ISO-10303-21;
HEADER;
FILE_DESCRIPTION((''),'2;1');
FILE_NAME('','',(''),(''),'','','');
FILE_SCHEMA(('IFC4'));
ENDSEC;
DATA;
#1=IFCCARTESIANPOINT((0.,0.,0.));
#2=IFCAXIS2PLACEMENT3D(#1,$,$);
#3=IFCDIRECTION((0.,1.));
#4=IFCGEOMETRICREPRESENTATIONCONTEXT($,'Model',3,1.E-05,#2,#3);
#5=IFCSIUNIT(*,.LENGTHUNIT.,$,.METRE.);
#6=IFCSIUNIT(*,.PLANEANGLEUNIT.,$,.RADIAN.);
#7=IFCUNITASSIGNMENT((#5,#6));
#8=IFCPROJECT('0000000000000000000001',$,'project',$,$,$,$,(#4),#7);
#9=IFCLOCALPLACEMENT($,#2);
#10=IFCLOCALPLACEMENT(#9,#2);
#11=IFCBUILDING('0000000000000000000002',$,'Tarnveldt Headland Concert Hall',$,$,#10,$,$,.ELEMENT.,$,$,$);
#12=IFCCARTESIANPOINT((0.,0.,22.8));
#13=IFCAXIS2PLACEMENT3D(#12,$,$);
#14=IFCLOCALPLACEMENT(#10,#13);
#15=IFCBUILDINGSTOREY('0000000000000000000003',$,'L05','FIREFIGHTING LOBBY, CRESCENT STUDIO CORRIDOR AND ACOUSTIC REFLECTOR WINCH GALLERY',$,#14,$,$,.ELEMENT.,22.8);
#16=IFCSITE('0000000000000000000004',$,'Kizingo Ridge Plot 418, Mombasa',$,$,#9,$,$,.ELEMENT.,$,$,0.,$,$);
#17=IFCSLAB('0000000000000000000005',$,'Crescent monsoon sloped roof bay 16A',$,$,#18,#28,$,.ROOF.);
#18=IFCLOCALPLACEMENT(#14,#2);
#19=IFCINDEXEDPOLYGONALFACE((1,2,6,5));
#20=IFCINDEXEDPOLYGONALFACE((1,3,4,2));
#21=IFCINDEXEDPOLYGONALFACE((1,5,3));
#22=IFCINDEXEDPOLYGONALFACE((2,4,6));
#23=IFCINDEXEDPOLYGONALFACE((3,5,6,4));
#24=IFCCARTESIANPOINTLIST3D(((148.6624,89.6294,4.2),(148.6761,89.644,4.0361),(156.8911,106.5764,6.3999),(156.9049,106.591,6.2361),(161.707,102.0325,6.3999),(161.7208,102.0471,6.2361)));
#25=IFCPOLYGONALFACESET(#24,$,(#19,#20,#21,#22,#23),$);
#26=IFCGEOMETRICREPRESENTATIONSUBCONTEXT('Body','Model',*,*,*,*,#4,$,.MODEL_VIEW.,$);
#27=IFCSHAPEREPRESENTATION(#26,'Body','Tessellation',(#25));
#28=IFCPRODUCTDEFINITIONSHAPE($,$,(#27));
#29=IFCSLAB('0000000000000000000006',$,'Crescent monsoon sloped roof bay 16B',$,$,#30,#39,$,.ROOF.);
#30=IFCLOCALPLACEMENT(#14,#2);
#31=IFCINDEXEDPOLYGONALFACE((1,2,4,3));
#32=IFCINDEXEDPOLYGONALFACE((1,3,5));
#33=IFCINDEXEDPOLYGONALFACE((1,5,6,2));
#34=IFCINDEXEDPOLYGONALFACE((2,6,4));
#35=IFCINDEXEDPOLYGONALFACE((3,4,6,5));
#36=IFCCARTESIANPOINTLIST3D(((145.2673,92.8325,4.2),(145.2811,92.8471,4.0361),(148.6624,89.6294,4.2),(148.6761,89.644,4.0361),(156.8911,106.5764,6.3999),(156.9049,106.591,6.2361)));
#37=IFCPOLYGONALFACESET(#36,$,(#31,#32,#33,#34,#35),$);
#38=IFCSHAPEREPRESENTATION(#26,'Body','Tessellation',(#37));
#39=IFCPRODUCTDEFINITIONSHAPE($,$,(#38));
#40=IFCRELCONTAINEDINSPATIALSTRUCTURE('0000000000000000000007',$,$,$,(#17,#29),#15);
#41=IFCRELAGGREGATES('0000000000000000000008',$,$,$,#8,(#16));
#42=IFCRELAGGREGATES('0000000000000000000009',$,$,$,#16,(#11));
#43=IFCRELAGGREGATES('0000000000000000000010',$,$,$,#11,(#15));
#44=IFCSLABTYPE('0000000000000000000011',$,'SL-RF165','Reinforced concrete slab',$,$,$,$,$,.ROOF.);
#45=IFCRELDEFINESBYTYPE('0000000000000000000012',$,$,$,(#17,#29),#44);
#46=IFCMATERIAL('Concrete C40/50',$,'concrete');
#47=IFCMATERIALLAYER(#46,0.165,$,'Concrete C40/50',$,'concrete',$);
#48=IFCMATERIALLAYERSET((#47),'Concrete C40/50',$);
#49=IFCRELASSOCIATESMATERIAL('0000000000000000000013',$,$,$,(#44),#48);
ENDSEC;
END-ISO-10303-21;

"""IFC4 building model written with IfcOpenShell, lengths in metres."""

from ifc_helpers import new_model, si_unit, direction, frame, origin, place, context, subcontext, project, spatial, polyline, outline, extrude, material, layer, layer_set, type_object, element, save


model = new_model("IFC4")

# Units and contexts
model_context = context("Model", 3, precision=1e-05, world=origin(), true_north=direction((0.0, 1.0)))
body_context = subcontext(model_context, "Body", "Model", "MODEL_VIEW")
ifc_project = project(units=[si_unit("LENGTHUNIT", "METRE"), si_unit("PLANEANGLEUNIT", "RADIAN")], contexts=[model_context])

# Site, building, storey
site_placement = place(None, origin())
site = spatial("IfcSite", under=ifc_project, at=site_placement, Name="Kizingo Ridge Plot 418, Mombasa", CompositionType="ELEMENT", RefElevation=0.0)
building_placement = place(site_placement, origin())
building = spatial("IfcBuilding", under=site, at=building_placement, Name="Tarnveldt Headland Concert Hall", CompositionType="ELEMENT")
storey_placement = place(building_placement, frame((0.0, 0.0, 22.8)))
storey = spatial("IfcBuildingStorey", under=building, at=storey_placement, Name="L05", Description="FIREFIGHTING LOBBY, CRESCENT STUDIO CORRIDOR AND ACOUSTIC REFLECTOR WINCH GALLERY", CompositionType="ELEMENT", Elevation=22.8)

# Slabs
ifc_material_1 = material(Name="Concrete C40/50", Category="concrete")
ifc_layer_1 = layer(ifc_material_1, 0.165, Name="Concrete C40/50", Category="concrete")
ifc_layer_set_1 = layer_set([ifc_layer_1], Name="Concrete C40/50")
slab_type = type_object("IfcSlabType", Name="SL-RF165", Description="Reinforced concrete slab", PredefinedType="ROOF", material=ifc_layer_set_1)
slab_1_placement = place(storey_placement, frame((148.6624, 89.6294, 4.2), z_axis=(-0.083377, -0.088367, 0.992592), x_axis=(0.719352, 0.68397, 0.121317)))
element("IfcSlab", 1, at=slab_1_placement, inside=storey, type_object=slab_type, Name="Crescent monsoon sloped roof bay 16A", PredefinedType="ROOF", context=body_context, shape_type="SweptSolid", body=[
    extrude(outline(polyline([(0.0, 0.0), (18.1339, 0.0), (17.7775, 6.6116), (0.0, 0.0)])), origin(), (0.0, 0.0, -1.0), 0.165),
])
slab_2_placement = place(storey_placement, frame((148.6624, 89.6294, 4.2), z_axis=(-0.083374, -0.088369, 0.992592), x_axis=(0.433842, 0.893492, 0.115987)))
element("IfcSlab", 2, at=slab_2_placement, inside=storey, type_object=slab_type, Name="Crescent monsoon sloped roof bay 16B", PredefinedType="ROOF", context=body_context, shape_type="SweptSolid", body=[
    extrude(outline(polyline([(0.0, 0.0), (18.9672, 0.0), (1.3891, 4.4561), (0.0, 0.0)])), origin(), (0.0, 0.0, -1.0), 0.165),
])

save(model, "model.ifc")
